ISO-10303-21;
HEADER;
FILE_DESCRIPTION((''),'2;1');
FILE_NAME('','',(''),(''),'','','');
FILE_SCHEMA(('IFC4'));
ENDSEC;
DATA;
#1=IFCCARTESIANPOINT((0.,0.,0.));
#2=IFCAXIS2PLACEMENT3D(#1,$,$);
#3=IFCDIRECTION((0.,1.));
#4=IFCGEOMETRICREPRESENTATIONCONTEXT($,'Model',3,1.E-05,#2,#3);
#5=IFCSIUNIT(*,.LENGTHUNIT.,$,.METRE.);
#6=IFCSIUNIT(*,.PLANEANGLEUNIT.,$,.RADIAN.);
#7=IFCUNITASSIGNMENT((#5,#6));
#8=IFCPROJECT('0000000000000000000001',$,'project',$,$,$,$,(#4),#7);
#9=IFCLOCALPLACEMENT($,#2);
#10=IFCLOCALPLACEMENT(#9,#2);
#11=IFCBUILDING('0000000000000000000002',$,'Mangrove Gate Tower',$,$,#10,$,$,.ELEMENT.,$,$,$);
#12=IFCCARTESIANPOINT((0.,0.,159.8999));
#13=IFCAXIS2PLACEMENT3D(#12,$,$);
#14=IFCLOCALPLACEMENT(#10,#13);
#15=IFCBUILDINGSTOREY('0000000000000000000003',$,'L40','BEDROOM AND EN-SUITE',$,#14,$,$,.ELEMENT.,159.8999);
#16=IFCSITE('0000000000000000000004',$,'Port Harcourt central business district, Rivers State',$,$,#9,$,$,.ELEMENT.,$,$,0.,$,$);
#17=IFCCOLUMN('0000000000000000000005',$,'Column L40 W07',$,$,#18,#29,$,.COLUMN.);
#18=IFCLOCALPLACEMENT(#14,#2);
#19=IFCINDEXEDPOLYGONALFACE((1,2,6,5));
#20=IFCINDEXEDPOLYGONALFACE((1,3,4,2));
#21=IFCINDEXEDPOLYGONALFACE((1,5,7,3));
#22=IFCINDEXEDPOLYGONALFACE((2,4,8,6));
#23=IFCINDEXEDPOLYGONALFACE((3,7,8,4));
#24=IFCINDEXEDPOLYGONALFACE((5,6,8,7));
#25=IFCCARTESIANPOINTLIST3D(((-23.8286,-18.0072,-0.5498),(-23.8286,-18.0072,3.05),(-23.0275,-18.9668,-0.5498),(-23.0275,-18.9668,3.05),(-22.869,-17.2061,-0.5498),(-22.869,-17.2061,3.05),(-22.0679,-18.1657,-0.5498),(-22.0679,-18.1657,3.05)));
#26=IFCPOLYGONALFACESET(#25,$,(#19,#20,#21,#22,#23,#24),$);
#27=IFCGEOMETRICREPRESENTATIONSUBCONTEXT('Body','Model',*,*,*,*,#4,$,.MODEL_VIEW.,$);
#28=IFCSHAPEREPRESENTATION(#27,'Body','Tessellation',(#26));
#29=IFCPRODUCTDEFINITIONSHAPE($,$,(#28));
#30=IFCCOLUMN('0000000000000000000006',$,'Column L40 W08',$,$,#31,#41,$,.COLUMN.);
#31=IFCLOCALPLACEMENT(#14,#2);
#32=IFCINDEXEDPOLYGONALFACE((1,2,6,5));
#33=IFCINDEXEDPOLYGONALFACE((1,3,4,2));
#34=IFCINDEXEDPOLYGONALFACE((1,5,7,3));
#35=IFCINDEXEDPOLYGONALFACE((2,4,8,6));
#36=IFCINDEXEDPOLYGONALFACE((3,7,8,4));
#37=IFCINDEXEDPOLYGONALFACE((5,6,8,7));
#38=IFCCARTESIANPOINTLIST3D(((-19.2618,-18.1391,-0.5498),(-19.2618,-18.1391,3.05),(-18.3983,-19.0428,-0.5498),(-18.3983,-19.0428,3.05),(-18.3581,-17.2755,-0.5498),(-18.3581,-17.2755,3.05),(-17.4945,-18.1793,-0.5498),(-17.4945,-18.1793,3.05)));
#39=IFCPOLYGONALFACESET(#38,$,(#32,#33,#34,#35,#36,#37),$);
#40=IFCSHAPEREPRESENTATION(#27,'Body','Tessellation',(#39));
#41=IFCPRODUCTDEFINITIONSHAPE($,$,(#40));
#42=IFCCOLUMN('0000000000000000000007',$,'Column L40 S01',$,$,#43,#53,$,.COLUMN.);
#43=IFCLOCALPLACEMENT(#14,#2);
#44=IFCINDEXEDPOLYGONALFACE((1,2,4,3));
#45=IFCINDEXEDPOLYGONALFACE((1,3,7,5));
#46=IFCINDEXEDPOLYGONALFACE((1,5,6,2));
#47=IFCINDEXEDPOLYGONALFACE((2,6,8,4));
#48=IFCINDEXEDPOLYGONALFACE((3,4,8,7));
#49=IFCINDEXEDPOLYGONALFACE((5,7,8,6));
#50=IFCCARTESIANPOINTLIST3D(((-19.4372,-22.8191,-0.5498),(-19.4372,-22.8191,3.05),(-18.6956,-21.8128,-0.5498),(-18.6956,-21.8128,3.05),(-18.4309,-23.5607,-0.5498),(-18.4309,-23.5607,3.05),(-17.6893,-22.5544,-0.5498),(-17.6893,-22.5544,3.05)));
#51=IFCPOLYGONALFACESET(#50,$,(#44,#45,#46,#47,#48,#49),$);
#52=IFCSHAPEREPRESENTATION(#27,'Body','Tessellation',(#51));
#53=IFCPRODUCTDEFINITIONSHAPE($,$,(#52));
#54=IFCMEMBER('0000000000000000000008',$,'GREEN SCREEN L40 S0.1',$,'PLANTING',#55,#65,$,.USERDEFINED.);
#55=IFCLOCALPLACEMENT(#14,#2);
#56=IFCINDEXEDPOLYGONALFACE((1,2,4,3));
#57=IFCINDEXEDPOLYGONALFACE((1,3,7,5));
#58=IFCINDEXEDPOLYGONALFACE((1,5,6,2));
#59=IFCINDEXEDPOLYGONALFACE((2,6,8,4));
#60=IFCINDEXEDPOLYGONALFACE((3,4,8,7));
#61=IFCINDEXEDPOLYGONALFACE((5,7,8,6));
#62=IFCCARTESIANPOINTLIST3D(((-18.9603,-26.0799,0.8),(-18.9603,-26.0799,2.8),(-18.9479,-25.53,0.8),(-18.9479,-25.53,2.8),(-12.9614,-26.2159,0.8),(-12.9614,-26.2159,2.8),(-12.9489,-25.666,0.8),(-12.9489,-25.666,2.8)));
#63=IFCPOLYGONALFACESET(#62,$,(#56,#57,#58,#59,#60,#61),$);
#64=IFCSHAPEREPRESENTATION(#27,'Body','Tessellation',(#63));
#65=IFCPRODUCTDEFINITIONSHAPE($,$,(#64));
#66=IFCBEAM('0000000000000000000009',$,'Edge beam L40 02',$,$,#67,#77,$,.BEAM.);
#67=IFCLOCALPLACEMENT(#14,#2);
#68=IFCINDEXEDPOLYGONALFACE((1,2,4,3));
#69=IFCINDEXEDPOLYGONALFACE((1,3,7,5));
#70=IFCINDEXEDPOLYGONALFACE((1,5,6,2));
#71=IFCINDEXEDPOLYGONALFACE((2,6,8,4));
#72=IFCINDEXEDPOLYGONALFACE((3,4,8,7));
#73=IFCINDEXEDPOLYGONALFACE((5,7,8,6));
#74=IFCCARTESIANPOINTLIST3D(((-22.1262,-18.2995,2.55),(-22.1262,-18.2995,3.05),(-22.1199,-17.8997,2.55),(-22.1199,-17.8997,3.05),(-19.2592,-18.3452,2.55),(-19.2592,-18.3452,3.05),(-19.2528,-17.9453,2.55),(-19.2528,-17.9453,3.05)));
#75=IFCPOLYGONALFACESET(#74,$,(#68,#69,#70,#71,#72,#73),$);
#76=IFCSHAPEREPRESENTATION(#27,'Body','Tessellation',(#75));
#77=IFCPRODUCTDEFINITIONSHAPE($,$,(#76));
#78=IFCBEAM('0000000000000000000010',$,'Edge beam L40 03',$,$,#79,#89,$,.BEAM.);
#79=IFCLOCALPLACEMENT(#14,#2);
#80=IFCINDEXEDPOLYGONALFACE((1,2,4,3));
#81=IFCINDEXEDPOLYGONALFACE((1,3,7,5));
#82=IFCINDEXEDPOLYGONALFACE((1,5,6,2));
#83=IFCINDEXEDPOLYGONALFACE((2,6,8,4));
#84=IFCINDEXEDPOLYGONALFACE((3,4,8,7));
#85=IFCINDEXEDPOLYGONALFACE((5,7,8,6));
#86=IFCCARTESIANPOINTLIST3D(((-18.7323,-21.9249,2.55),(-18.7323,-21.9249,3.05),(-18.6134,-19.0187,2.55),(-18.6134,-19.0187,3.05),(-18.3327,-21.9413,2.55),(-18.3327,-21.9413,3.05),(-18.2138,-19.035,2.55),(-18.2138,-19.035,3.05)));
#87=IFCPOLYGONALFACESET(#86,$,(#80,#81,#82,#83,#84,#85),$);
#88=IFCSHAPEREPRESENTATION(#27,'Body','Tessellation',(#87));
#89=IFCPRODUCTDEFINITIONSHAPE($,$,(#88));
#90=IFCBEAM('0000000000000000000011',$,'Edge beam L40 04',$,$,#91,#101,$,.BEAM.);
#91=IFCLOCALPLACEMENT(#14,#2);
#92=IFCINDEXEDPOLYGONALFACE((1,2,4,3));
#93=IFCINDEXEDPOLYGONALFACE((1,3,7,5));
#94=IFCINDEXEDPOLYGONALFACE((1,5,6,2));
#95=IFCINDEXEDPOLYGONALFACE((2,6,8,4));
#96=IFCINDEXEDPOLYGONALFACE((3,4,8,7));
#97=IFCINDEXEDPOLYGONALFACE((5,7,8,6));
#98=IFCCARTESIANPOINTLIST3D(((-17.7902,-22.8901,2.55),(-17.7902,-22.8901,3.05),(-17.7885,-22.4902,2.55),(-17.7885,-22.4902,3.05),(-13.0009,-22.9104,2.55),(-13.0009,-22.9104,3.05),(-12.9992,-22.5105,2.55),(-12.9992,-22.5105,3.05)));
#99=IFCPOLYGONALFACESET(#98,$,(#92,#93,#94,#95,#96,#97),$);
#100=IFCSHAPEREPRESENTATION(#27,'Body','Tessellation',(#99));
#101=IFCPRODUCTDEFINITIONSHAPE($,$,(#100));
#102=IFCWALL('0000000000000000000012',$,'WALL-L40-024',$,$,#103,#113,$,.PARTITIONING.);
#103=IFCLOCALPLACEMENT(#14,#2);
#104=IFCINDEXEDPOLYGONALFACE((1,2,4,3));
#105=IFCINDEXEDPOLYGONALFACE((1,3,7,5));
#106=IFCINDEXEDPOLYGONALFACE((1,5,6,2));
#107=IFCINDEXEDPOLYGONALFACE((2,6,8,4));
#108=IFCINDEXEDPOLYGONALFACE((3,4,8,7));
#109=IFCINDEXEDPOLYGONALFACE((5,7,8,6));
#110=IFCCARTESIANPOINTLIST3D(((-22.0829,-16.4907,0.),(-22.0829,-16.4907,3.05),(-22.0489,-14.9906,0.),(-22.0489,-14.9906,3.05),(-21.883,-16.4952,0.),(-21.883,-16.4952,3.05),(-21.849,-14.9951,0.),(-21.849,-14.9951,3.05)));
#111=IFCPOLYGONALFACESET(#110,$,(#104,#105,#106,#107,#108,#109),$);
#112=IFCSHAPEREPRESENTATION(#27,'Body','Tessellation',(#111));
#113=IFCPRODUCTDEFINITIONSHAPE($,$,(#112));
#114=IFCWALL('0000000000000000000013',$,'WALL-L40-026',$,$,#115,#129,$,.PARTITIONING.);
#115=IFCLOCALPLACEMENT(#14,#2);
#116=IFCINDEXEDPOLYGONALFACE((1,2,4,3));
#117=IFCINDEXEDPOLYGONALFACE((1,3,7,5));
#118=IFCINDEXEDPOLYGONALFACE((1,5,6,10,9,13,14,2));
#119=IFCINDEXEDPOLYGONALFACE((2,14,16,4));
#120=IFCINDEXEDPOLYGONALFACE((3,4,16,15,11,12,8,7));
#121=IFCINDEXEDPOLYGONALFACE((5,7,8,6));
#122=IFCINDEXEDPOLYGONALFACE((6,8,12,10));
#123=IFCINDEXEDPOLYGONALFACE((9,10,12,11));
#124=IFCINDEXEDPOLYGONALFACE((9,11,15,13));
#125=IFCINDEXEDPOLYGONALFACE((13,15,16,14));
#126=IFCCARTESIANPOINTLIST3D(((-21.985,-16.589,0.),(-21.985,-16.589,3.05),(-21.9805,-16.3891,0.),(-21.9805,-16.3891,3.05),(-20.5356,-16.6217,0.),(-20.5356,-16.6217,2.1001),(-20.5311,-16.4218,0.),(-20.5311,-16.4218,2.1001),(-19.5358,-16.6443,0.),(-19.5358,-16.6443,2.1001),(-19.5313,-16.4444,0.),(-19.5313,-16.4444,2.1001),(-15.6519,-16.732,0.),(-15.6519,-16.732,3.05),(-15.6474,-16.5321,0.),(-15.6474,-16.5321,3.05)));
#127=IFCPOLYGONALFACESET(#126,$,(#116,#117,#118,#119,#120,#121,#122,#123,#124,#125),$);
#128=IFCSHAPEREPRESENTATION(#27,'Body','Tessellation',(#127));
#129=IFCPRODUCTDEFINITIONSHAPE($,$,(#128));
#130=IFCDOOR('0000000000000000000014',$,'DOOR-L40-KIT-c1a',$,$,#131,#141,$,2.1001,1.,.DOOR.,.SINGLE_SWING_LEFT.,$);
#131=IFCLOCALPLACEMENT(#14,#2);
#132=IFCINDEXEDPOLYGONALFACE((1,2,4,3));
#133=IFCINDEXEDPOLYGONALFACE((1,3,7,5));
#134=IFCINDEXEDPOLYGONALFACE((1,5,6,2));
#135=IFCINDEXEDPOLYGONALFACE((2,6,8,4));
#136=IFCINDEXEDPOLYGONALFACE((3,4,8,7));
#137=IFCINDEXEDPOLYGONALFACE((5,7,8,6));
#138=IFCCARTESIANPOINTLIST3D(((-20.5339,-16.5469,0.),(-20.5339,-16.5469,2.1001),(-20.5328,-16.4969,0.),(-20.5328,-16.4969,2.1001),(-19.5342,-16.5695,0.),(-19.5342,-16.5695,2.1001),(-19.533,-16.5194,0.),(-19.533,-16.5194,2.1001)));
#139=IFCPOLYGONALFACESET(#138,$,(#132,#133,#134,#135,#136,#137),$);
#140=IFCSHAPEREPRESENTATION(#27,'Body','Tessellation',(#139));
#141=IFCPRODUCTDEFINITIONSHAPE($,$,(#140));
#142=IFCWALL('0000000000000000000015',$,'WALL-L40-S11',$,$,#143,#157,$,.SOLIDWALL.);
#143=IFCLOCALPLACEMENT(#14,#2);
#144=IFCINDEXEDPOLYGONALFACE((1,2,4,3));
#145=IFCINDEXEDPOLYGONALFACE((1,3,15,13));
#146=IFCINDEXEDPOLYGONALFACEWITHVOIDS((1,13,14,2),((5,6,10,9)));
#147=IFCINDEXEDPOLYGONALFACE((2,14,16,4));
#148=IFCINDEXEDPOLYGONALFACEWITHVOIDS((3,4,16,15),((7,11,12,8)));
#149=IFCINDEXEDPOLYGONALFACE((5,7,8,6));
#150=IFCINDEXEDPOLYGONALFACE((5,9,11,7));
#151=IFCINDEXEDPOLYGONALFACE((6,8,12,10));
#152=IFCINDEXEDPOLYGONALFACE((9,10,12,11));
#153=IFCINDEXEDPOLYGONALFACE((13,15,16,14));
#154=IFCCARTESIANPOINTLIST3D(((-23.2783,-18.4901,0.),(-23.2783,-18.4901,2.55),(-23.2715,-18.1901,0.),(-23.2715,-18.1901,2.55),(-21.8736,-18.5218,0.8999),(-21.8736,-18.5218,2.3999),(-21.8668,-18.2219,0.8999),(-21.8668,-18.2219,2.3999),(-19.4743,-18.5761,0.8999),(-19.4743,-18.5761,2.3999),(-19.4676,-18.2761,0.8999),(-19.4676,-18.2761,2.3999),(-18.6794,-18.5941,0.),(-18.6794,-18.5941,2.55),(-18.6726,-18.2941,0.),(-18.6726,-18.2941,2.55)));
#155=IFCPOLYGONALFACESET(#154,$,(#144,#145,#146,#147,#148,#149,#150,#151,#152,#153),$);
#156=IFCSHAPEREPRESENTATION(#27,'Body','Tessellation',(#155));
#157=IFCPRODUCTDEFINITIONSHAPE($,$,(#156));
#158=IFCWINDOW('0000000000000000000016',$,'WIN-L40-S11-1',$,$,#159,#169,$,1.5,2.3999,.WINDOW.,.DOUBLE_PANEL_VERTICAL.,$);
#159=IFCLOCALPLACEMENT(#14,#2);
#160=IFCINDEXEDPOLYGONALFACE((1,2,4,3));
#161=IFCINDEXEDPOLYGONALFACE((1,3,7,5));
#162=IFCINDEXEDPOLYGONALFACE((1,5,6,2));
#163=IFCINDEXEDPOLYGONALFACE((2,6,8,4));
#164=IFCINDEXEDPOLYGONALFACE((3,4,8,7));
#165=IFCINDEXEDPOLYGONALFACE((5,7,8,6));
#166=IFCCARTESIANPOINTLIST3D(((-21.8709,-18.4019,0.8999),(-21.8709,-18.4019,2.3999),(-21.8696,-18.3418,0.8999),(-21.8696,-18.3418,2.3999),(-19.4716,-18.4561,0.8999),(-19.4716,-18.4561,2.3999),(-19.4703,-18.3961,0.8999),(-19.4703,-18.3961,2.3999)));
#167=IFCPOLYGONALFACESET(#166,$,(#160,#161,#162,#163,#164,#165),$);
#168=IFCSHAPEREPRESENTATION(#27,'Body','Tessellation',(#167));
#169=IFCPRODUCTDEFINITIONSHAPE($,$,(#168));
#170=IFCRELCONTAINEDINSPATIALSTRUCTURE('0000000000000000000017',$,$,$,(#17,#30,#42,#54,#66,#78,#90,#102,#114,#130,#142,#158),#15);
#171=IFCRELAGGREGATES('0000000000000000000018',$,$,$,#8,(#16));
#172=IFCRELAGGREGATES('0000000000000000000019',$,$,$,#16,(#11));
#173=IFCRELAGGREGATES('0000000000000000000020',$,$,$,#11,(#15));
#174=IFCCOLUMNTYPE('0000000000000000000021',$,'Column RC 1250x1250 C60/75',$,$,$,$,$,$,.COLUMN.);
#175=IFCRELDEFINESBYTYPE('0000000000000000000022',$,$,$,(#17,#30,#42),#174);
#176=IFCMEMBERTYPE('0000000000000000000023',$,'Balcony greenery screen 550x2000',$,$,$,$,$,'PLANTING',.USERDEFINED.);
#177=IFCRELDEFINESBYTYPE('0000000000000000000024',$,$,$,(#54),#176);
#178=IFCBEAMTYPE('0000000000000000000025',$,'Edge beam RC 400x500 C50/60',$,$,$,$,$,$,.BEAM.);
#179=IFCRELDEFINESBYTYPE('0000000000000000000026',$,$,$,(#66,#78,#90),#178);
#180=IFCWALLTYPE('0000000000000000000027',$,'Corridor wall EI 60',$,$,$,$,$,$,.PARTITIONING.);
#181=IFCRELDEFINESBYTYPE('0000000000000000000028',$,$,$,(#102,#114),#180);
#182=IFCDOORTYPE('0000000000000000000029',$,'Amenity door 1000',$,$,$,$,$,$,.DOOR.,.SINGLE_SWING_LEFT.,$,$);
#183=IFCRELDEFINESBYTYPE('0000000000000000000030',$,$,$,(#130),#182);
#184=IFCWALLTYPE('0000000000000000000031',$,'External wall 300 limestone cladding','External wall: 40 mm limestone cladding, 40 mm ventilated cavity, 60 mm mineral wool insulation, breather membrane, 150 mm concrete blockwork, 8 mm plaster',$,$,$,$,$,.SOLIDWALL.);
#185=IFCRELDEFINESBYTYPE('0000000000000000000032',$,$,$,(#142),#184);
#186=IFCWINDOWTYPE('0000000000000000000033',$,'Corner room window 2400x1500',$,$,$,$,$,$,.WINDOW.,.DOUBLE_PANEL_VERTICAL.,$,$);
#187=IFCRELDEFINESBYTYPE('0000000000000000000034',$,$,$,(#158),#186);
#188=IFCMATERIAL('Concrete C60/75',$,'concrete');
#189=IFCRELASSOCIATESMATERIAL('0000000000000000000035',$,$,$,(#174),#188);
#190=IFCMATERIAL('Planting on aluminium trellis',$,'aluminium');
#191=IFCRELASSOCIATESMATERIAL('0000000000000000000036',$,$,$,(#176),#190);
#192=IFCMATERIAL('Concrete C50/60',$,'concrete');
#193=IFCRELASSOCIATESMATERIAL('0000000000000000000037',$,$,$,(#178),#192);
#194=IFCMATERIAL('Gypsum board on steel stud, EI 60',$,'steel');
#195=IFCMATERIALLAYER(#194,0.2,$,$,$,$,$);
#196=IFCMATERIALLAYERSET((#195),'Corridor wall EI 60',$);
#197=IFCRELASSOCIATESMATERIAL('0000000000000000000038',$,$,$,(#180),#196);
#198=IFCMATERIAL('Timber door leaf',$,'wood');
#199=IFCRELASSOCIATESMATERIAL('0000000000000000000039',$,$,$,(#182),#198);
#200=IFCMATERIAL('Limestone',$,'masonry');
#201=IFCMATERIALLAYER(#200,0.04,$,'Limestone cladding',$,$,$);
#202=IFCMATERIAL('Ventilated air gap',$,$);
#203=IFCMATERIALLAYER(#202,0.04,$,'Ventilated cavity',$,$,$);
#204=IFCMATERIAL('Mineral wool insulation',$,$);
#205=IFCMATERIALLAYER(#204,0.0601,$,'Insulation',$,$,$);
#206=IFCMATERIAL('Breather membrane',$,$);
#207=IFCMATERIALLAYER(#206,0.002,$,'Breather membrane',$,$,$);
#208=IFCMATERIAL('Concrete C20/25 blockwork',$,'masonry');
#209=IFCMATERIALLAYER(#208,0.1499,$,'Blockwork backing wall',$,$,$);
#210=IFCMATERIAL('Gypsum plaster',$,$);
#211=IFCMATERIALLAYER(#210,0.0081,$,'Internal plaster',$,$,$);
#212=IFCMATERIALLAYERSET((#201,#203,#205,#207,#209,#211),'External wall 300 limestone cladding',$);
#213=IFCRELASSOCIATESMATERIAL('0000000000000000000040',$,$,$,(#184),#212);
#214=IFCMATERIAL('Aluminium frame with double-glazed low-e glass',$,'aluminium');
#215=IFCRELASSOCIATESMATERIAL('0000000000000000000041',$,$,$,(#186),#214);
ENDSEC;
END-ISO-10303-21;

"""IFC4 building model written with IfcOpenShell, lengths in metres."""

from ifc_helpers import new_model, si_unit, direction, frame, frame_2d, origin, origin_2d, place, context, subcontext, project, spatial, rectangle, extrude, material, layer, layer_set, material_profile, profile_set, type_object, element, fill, save


model = new_model("IFC4")

# Units and contexts
model_context = context("Model", 3, precision=1e-05, world=origin(), true_north=direction((0.0, 1.0)))
body_context = subcontext(model_context, "Body", "Model", "MODEL_VIEW")
ifc_project = project(units=[si_unit("LENGTHUNIT", "METRE"), si_unit("PLANEANGLEUNIT", "RADIAN")], contexts=[model_context])

# Site, building, storey
site_placement = place(None, origin())
site = spatial("IfcSite", under=ifc_project, at=site_placement, Name="Port Harcourt central business district, Rivers State", CompositionType="ELEMENT", RefElevation=0.0)
building_placement = place(site_placement, origin())
building = spatial("IfcBuilding", under=site, at=building_placement, Name="Mangrove Gate Tower", CompositionType="ELEMENT")
storey_placement = place(building_placement, frame((0.0, 0.0, 159.8999)))
storey = spatial("IfcBuildingStorey", under=building, at=storey_placement, Name="L40", Description="BEDROOM AND EN-SUITE", CompositionType="ELEMENT", Elevation=159.8999)

# Columns
ifc_material_1 = material(Name="Concrete C60/75", Category="concrete")
ifc_material_profile_1 = material_profile(ifc_material_1, rectangle(XDim=1.25, YDim=1.25, at=origin_2d()))
ifc_profile_set_1 = profile_set([ifc_material_profile_1], Name="Concrete C60/75")
column_type = type_object("IfcColumnType", Name="Column RC 1250x1250 C60/75", PredefinedType="COLUMN", material=ifc_profile_set_1)
for number, where, z_axis, x_axis, name in (
    (1, (-22.9482, -18.0864, -0.5498), (0.0, 0.0, 1.0), (0.640874, -0.767646, 0.0), "Column L40 W07"),
    (2, (-18.3782, -18.1592, -0.5498), (0.0, 0.0, 1.0), (0.69086, -0.722989, 0.0), "Column L40 W08"),
    (3, (-18.5632, -22.6868, -0.5498), (0.0, 0.0, 1.0), (0.804996, -0.59328, 0.0), "Column L40 S01"),
):
    element("IfcColumn", number, at=place(storey_placement, frame(where, z_axis=z_axis, x_axis=x_axis)), inside=storey, type_object=column_type, Name=name, PredefinedType="COLUMN", context=body_context, shape_type="SweptSolid", body=[
        extrude(rectangle(XDim=1.25, YDim=1.25, at=origin_2d()), origin(), (0.0, 0.0, 1.0), 3.5999),
    ])

# Member
ifc_material_2 = material(Name="Planting on aluminium trellis", Category="aluminium")
ifc_material_profile_2 = material_profile(ifc_material_2, rectangle(XDim=0.55, YDim=2.0, at=origin_2d()))
ifc_profile_set_2 = profile_set([ifc_material_profile_2], Name="Planting on aluminium trellis")
member_type = type_object("IfcMemberType", Name="Balcony greenery screen 550x2000", ElementType="PLANTING", PredefinedType="USERDEFINED", material=ifc_profile_set_2)
member_placement = place(storey_placement, frame((-18.9541, -25.8049, 1.8), z_axis=(0.999743, -0.022662, 0.0), x_axis=(0.022662, 0.999743, 0.0)))
element("IfcMember", 4, at=member_placement, inside=storey, type_object=member_type, Name="GREEN SCREEN L40 S0.1", ObjectType="PLANTING", PredefinedType="USERDEFINED", context=body_context, shape_type="SweptSolid", body=[
    extrude(rectangle(XDim=0.55, YDim=2.0, at=origin_2d()), origin(), (0.0, 0.0, 1.0), 6.0005),
])

# Beams
ifc_material_3 = material(Name="Concrete C50/60", Category="concrete")
ifc_material_profile_3 = material_profile(ifc_material_3, rectangle(XDim=0.3999, YDim=0.5, at=origin_2d()))
ifc_profile_set_3 = profile_set([ifc_material_profile_3], Name="Concrete C50/60")
beam_type = type_object("IfcBeamType", Name="Edge beam RC 400x500 C50/60", PredefinedType="BEAM", material=ifc_profile_set_3)
beam_1_placement = place(storey_placement, frame((-22.123, -18.0996, 2.8), z_axis=(0.999873, -0.015921, 0.0), x_axis=(0.015921, 0.999873, 0.0)))
element("IfcBeam", 5, at=beam_1_placement, inside=storey, type_object=beam_type, Name="Edge beam L40 02", PredefinedType="BEAM", context=body_context, shape_type="SweptSolid", body=[
    extrude(rectangle(XDim=0.3999, YDim=0.5, at=origin_2d()), origin(), (0.0, 0.0, 1.0), 2.8674),
])
beam_2_placement = place(storey_placement, frame((-18.4136, -19.0269, 2.8), z_axis=(-0.040876, -0.999164, 0.0), x_axis=(0.999164, -0.040876, 0.0)))
element("IfcBeam", 6, at=beam_2_placement, inside=storey, type_object=beam_type, Name="Edge beam L40 03", PredefinedType="BEAM", context=body_context, shape_type="SweptSolid", body=[
    extrude(rectangle(XDim=0.3999, YDim=0.5, at=origin_2d()), origin(), (0.0, 0.0, 1.0), 2.9087),
])
beam_3_placement = place(storey_placement, frame((-17.7893, -22.6902, 2.8), z_axis=(0.999991, -0.004231, 0.0), x_axis=(0.004231, 0.999991, 0.0)))
element("IfcBeam", 7, at=beam_3_placement, inside=storey, type_object=beam_type, Name="Edge beam L40 04", PredefinedType="BEAM", context=body_context, shape_type="SweptSolid", body=[
    extrude(rectangle(XDim=0.3999, YDim=0.5, at=origin_2d()), origin(), (0.0, 0.0, 1.0), 4.7893),
])

# Wall
ifc_material_4 = material(Name="Gypsum board on steel stud, EI 60", Category="steel")
ifc_layer_1 = layer(ifc_material_4, 0.2)
ifc_layer_set_1 = layer_set([ifc_layer_1], Name="Corridor wall EI 60")
wall_type_1 = type_object("IfcWallType", Name="Corridor wall EI 60", PredefinedType="PARTITIONING", material=ifc_layer_set_1)
wall_1_placement = place(storey_placement, frame((-21.9829, -16.4929, 0.0), z_axis=(0.0, 0.0, 1.0), x_axis=(0.022618, 0.999744, 0.0)))
element("IfcWall", 8, at=wall_1_placement, inside=storey, type_object=wall_type_1, Name="WALL-L40-024", PredefinedType="PARTITIONING", context=body_context, shape_type="SweptSolid", body=[
    extrude(rectangle(XDim=1.5005, YDim=0.2, at=frame_2d((0.7502, 0.0))), origin(), (0.0, 0.0, 1.0), 3.05),
])

# Wall, opening, door
wall_2_placement = place(storey_placement, frame((-21.9829, -16.489, 0.0), z_axis=(0.0, 0.0, 1.0), x_axis=(0.999745, -0.022585, 0.0)))
wall_2 = element("IfcWall", 9, at=wall_2_placement, inside=storey, type_object=wall_type_1, Name="WALL-L40-026", PredefinedType="PARTITIONING", context=body_context, shape_type="SweptSolid", body=[
    extrude(rectangle(XDim=6.3347, YDim=0.2, at=frame_2d((3.1675, 0.0))), origin(), (0.0, 0.0, 1.0), 3.05),
])
opening_1_placement = place(wall_2_placement, frame((1.45, 0.0, 0.0)))
opening_1 = element("IfcOpeningElement", 10, at=opening_1_placement, cuts=wall_2, PredefinedType="OPENING", context=body_context, shape_type="SweptSolid", body=[
    extrude(rectangle(XDim=1.0, YDim=2.1001, at=frame_2d((0.5, 1.05))), frame((0.0, 0.1099, 0.0), z_axis=(0.0, -1.0, 0.0), x_axis=(1.0, 0.0, 0.0)), (0.0, 0.0, 1.0), 0.22),
])
ifc_material_5 = material(Name="Timber door leaf", Category="wood")
door_type_1 = type_object("IfcDoorType", Name="Amenity door 1000", OperationType="SINGLE_SWING_LEFT", PredefinedType="DOOR", material=ifc_material_5)
door_1_placement = place(opening_1_placement, origin())
door_1 = element("IfcDoor", 11, at=door_1_placement, inside=storey, type_object=door_type_1, Name="DOOR-L40-KIT-c1a", OperationType="SINGLE_SWING_LEFT", OverallHeight=2.1001, OverallWidth=1.0, PredefinedType="DOOR", context=body_context, shape_type="SweptSolid", body=[
    extrude(rectangle(XDim=1.0, YDim=2.1001, at=frame_2d((0.5, 1.05))), frame((0.0, 0.0249, 0.0), z_axis=(0.0, -1.0, 0.0), x_axis=(1.0, 0.0, 0.0)), (0.0, 0.0, 1.0), 0.05),
])
fill(opening_1, door_1)

# Wall, opening, window
ifc_material_6 = material(Name="Limestone", Category="masonry")
ifc_layer_2 = layer(ifc_material_6, 0.04, Name="Limestone cladding")
ifc_material_7 = material(Name="Ventilated air gap")
ifc_layer_3 = layer(ifc_material_7, 0.04, Name="Ventilated cavity")
ifc_material_8 = material(Name="Mineral wool insulation")
ifc_layer_4 = layer(ifc_material_8, 0.0601, Name="Insulation")
ifc_material_9 = material(Name="Breather membrane")
ifc_layer_5 = layer(ifc_material_9, 0.002, Name="Breather membrane")
ifc_material_10 = material(Name="Concrete C20/25 blockwork", Category="masonry")
ifc_layer_6 = layer(ifc_material_10, 0.1499, Name="Blockwork backing wall")
ifc_material_11 = material(Name="Gypsum plaster")
ifc_layer_7 = layer(ifc_material_11, 0.0081, Name="Internal plaster")
ifc_layer_set_2 = layer_set([ifc_layer_2, ifc_layer_3, ifc_layer_4, ifc_layer_5, ifc_layer_6, ifc_layer_7], Name="External wall 300 limestone cladding")
wall_type_2 = type_object("IfcWallType", Name="External wall 300 limestone cladding", Description="External wall: 40 mm limestone cladding, 40 mm ventilated cavity, 60 mm mineral wool insulation, breather membrane, 150 mm concrete blockwork, 8 mm plaster", PredefinedType="SOLIDWALL", material=ifc_layer_set_2)
wall_3_placement = place(storey_placement, frame((-23.2749, -18.3401, 0.0), z_axis=(0.0, 0.0, 1.0), x_axis=(0.999744, -0.022609, 0.0)))
wall_3 = element("IfcWall", 12, at=wall_3_placement, inside=storey, type_object=wall_type_2, Name="WALL-L40-S11", PredefinedType="SOLIDWALL", context=body_context, shape_type="SweptSolid", body=[
    extrude(rectangle(XDim=4.6001, YDim=0.3, at=frame_2d((2.3, 0.0))), origin(), (0.0, 0.0, 1.0), 2.55),
])
opening_2_placement = place(wall_3_placement, frame((1.405, 0.0, 0.8999)))
opening_2 = element("IfcOpeningElement", 13, at=opening_2_placement, cuts=wall_3, PredefinedType="OPENING", context=body_context, shape_type="SweptSolid", body=[
    extrude(rectangle(XDim=2.3999, YDim=1.5, at=frame_2d((1.2, 0.75))), frame((0.0, 0.1599, 0.0), z_axis=(0.0, -1.0, 0.0), x_axis=(1.0, 0.0, 0.0)), (0.0, 0.0, 1.0), 0.3201),
])
ifc_material_12 = material(Name="Aluminium frame with double-glazed low-e glass", Category="aluminium")
window_type = type_object("IfcWindowType", Name="Corner room window 2400x1500", PartitioningType="DOUBLE_PANEL_VERTICAL", PredefinedType="WINDOW", material=ifc_material_12)
window_1_placement = place(opening_2_placement, origin())
window_1 = element("IfcWindow", 14, at=window_1_placement, inside=storey, type_object=window_type, Name="WIN-L40-S11-1", OverallHeight=1.5, OverallWidth=2.3999, PartitioningType="DOUBLE_PANEL_VERTICAL", PredefinedType="WINDOW", context=body_context, shape_type="SweptSolid", body=[
    extrude(rectangle(XDim=2.3999, YDim=1.5, at=frame_2d((1.2, 0.75))), frame((0.0, 0.03, 0.0), z_axis=(0.0, -1.0, 0.0), x_axis=(1.0, 0.0, 0.0)), (0.0, 0.0, 1.0), 0.0601),
])
fill(opening_2, window_1)

save(model, "model.ifc")
